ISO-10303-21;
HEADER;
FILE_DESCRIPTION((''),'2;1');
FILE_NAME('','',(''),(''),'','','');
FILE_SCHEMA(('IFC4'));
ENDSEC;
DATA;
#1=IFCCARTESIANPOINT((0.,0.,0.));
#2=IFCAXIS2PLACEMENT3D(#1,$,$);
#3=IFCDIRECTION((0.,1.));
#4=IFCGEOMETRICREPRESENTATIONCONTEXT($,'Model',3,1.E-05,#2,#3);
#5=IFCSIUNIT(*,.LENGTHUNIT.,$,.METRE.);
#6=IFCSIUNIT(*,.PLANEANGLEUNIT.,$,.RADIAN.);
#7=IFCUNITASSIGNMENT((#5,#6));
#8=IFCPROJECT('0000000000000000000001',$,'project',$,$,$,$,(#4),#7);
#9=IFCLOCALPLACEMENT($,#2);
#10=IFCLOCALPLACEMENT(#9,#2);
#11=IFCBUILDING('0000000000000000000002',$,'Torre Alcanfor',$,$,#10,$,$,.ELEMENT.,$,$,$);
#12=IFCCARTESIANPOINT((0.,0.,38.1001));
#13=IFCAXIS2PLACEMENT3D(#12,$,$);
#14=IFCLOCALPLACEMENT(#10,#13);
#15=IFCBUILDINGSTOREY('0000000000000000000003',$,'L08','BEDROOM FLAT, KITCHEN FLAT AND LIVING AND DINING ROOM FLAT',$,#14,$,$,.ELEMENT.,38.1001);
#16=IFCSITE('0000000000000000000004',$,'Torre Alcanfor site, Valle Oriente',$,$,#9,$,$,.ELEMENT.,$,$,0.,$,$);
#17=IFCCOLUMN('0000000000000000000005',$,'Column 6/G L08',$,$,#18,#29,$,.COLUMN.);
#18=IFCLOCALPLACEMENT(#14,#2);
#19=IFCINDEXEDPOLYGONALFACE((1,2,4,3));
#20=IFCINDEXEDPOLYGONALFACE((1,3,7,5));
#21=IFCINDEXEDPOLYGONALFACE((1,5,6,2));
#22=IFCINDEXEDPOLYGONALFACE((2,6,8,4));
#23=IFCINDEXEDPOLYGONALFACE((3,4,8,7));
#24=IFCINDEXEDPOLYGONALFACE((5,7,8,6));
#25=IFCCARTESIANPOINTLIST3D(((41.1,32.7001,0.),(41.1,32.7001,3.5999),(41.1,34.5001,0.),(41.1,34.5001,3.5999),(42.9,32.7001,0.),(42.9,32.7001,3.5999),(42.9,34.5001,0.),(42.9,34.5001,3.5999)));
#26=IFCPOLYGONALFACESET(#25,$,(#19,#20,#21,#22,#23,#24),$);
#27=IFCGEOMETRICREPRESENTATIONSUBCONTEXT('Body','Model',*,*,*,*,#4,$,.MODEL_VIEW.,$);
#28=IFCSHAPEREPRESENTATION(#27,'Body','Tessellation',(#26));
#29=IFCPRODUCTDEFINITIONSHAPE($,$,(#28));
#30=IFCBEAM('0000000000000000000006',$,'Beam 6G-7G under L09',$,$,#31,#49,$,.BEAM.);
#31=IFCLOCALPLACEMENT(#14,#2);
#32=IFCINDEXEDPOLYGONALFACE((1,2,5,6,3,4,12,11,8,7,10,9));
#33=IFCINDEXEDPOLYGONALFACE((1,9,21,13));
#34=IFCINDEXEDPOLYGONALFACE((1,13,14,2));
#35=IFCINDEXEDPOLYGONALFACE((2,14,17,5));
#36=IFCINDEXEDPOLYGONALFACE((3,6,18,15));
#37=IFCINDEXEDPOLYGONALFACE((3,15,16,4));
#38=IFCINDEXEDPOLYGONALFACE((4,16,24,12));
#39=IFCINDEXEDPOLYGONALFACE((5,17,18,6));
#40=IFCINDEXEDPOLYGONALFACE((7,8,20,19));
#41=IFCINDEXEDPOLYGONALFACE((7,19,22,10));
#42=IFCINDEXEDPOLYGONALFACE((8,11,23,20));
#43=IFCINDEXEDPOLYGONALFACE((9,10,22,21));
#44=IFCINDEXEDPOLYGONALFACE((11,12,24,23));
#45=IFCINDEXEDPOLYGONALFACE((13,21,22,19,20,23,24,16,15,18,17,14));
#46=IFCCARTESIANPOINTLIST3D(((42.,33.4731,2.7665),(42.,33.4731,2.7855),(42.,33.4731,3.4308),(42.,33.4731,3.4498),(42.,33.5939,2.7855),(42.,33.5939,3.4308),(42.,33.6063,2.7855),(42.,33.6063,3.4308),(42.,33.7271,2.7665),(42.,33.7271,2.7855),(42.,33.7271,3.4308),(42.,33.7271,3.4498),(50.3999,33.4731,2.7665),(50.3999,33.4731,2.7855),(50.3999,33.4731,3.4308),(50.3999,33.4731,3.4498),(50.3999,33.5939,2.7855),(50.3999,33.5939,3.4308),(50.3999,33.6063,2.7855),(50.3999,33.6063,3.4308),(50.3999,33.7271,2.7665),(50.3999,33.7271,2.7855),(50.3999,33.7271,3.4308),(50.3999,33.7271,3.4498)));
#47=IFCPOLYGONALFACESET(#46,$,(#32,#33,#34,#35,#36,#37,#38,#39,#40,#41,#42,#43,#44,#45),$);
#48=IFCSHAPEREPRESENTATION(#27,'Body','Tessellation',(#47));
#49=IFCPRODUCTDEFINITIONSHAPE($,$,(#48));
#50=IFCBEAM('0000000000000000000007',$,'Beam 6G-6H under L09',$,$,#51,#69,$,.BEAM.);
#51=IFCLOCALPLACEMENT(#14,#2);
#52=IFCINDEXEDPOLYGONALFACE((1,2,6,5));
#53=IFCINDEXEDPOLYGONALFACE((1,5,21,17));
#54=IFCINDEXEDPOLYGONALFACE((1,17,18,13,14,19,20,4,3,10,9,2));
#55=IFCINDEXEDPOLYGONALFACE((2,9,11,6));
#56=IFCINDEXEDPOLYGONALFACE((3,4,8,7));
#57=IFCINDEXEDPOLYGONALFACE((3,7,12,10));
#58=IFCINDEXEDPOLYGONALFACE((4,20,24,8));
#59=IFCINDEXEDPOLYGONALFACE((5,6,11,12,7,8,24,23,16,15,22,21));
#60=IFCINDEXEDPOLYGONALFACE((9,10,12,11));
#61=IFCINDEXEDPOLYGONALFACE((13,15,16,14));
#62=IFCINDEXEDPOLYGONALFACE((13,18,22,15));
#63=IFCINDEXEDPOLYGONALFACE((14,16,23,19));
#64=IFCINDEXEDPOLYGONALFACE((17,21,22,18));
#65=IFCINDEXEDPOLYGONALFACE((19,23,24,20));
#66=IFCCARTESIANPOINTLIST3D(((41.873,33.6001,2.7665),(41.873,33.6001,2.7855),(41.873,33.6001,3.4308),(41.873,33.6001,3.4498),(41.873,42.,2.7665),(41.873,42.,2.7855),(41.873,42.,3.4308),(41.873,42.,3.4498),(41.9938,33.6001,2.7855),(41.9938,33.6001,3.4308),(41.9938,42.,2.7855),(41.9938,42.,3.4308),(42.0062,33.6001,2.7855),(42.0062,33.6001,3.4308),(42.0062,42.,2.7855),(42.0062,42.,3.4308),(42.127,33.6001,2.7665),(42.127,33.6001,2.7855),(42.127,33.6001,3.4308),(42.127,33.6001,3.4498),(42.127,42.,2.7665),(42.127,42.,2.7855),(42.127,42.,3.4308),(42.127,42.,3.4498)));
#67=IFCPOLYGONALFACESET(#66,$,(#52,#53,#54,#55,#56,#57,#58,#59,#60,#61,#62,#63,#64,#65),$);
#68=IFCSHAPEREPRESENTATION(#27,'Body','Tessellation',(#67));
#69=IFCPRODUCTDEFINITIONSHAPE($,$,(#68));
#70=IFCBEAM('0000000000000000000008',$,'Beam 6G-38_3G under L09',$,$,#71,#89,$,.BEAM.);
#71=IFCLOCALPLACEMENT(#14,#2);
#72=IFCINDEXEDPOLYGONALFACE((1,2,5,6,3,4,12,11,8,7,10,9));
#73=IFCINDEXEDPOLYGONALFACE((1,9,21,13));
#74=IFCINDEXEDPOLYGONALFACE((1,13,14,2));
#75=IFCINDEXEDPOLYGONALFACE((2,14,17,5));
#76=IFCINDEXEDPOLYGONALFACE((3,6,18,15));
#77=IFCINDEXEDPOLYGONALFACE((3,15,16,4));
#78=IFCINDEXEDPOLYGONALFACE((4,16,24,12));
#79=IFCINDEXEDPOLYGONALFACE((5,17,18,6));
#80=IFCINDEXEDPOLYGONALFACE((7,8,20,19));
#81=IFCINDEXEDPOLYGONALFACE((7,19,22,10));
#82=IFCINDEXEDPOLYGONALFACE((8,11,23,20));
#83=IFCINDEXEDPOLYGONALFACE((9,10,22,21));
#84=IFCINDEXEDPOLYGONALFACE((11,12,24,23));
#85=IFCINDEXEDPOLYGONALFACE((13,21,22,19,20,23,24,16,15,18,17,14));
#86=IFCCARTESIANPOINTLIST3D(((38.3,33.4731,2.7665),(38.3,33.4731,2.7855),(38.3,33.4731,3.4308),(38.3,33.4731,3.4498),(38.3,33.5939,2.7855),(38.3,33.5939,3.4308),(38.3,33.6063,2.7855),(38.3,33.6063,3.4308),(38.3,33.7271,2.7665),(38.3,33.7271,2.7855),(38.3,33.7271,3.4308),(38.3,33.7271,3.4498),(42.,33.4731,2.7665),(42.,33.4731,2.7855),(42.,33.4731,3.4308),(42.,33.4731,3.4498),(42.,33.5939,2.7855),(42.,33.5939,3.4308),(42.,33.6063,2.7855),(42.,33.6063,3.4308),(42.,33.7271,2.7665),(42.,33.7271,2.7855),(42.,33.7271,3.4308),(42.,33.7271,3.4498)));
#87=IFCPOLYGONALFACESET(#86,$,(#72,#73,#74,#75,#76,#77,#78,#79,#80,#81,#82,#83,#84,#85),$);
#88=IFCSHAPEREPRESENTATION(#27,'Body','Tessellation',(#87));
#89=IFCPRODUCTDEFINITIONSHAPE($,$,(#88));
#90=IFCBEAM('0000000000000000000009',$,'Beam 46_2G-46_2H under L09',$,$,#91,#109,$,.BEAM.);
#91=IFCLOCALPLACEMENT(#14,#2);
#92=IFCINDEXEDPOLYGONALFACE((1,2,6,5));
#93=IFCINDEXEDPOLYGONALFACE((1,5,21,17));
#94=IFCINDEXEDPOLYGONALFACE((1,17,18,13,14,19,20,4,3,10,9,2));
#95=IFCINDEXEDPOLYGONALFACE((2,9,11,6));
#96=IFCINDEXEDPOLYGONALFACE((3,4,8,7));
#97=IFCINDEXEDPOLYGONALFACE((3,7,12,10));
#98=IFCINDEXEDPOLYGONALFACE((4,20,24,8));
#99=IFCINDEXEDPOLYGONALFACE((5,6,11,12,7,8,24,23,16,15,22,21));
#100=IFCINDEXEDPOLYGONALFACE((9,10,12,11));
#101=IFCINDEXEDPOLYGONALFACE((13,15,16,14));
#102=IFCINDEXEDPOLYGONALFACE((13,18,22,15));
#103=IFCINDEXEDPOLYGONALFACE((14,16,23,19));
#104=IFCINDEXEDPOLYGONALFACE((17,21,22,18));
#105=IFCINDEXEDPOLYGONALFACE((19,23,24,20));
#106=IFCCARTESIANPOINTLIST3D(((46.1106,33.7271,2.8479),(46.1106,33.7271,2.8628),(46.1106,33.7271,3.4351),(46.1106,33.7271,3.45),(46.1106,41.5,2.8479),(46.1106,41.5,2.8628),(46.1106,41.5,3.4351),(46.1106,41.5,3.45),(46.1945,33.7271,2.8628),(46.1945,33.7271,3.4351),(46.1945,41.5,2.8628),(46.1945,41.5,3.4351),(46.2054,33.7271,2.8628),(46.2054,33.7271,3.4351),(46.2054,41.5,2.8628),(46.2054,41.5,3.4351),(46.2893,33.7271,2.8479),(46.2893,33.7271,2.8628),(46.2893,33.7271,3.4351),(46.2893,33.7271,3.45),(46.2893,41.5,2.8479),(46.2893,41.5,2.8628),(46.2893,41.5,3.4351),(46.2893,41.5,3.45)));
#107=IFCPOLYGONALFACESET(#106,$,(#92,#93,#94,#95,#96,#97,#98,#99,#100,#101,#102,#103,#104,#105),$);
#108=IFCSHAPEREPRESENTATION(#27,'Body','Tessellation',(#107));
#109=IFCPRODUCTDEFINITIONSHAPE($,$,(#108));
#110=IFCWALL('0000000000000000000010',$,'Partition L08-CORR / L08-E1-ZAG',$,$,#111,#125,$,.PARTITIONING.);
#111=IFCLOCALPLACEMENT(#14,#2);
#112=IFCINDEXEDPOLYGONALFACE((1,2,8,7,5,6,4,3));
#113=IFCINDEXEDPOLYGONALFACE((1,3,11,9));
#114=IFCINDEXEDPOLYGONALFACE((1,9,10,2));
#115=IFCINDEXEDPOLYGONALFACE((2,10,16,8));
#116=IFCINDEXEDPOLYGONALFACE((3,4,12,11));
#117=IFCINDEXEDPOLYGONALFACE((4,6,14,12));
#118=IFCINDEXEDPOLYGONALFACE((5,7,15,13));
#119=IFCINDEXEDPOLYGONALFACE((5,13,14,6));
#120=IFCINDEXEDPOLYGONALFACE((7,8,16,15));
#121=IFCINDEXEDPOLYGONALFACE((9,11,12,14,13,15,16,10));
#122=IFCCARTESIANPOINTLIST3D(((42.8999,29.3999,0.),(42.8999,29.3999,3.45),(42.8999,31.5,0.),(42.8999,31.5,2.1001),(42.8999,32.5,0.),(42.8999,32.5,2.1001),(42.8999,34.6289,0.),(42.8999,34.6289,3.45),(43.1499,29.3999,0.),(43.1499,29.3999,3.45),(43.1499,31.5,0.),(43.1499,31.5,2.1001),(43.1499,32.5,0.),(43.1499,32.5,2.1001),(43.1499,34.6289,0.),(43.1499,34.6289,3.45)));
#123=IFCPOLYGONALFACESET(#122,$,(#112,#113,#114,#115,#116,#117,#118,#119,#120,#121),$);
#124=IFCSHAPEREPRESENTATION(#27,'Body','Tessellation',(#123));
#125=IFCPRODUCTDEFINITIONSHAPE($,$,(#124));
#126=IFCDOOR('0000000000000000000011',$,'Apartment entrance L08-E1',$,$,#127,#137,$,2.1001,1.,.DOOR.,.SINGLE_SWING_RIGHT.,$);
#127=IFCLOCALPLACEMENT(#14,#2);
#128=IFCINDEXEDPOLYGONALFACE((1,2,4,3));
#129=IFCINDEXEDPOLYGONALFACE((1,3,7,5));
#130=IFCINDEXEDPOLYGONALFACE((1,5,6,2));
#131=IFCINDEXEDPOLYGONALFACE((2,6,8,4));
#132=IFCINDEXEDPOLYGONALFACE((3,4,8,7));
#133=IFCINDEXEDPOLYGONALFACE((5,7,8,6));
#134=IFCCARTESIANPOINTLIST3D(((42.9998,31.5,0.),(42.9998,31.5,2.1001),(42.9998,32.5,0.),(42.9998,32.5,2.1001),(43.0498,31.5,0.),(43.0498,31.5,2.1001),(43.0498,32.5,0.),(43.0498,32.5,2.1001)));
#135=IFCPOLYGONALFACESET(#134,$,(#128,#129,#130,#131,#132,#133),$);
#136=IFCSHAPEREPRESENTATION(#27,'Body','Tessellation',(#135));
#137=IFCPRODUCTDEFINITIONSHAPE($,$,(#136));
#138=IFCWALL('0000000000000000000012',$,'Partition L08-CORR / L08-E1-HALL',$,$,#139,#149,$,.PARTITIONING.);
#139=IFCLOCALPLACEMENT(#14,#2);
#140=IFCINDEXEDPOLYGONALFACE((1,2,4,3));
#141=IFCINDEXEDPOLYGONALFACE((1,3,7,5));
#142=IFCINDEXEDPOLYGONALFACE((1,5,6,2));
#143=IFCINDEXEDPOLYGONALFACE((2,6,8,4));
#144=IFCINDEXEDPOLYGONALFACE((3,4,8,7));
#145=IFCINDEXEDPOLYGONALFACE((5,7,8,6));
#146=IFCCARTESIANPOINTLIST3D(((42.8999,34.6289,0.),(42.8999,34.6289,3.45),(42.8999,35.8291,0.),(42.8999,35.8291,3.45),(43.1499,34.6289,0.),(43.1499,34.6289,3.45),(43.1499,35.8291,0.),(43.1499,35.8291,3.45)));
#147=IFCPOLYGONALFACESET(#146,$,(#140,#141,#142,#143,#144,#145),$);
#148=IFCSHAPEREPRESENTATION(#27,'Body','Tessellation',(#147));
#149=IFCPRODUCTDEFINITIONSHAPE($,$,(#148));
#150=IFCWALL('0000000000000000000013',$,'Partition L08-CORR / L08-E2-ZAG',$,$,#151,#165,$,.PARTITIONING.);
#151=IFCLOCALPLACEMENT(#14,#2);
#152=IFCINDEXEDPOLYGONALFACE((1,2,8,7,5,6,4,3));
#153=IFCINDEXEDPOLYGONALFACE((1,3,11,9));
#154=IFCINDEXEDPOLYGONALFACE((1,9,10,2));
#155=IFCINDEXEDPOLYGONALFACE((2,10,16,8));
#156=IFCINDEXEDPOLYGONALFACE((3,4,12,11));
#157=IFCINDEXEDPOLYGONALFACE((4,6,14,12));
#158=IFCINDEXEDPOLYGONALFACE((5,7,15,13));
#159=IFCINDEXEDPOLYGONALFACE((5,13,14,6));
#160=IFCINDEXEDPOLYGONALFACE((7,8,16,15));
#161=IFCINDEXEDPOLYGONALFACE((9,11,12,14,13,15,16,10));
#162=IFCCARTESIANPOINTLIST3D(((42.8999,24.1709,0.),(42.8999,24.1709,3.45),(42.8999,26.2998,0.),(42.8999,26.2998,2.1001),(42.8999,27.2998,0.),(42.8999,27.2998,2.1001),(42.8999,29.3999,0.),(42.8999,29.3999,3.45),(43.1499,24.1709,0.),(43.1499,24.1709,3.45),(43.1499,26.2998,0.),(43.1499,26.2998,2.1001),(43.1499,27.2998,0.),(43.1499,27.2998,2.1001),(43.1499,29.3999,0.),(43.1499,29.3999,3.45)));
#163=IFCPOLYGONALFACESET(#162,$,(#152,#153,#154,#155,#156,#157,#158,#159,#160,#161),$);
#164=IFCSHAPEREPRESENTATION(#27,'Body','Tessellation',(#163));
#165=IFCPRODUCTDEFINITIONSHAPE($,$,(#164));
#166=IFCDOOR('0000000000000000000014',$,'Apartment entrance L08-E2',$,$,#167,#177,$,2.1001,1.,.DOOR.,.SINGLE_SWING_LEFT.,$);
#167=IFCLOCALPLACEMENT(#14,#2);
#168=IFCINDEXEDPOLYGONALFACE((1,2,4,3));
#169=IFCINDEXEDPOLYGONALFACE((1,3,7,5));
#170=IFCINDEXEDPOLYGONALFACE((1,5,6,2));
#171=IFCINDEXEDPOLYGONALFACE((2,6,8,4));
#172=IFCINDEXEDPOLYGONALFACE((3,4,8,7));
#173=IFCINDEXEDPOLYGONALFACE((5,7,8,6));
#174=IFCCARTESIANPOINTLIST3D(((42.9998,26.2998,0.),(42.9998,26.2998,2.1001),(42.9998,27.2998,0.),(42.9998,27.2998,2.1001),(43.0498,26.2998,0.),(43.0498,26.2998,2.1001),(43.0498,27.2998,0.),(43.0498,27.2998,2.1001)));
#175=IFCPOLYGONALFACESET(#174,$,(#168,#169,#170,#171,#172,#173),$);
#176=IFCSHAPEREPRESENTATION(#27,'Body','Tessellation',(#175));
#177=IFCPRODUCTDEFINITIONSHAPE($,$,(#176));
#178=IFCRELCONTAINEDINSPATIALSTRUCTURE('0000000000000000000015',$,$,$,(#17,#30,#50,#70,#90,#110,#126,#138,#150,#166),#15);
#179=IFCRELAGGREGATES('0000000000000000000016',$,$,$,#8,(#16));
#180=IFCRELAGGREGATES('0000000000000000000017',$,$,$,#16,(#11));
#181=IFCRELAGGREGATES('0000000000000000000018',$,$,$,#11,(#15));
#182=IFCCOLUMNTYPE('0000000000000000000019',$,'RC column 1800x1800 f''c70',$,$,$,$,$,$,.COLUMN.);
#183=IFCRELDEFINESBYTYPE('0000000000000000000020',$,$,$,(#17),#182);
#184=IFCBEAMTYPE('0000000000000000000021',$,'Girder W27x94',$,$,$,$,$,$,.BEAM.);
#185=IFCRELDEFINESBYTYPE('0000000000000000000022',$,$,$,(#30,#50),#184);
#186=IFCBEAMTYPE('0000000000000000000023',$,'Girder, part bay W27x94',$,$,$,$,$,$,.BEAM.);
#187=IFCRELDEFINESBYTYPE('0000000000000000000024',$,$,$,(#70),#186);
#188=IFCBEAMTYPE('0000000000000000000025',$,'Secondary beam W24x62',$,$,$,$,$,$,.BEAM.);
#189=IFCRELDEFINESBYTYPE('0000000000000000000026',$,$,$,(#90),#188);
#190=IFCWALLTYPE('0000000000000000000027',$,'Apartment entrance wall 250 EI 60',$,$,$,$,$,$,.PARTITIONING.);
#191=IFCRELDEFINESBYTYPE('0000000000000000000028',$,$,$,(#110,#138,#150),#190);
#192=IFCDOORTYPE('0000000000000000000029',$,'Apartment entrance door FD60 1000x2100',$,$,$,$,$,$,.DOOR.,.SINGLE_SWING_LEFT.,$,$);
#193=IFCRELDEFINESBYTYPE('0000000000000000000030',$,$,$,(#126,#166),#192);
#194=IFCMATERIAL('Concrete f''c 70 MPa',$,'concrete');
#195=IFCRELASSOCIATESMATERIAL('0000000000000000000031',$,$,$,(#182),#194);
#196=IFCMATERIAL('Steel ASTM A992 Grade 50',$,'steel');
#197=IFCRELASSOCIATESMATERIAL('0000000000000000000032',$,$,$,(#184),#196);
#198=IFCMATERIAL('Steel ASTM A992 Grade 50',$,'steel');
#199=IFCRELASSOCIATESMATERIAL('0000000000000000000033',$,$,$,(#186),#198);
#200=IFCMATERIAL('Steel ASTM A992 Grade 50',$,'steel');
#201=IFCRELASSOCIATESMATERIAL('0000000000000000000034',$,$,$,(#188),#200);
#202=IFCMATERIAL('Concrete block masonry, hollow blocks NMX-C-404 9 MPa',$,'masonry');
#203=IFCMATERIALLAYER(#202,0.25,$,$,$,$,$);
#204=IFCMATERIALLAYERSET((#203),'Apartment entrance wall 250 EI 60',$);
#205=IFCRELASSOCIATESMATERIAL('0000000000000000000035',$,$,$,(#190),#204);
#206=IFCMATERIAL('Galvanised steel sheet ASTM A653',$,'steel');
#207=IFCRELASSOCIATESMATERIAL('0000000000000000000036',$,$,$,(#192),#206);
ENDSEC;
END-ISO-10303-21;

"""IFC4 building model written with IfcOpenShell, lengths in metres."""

from ifc_helpers import new_model, si_unit, direction, frame, frame_2d, origin, origin_2d, place, context, subcontext, project, spatial, rectangle, i_section, extrude, material, layer, layer_set, material_profile, profile_set, type_object, element, fill, save


model = new_model("IFC4")

# Units and contexts
model_context = context("Model", 3, precision=1e-05, world=origin(), true_north=direction((0.0, 1.0)))
body_context = subcontext(model_context, "Body", "Model", "MODEL_VIEW")
ifc_project = project(units=[si_unit("LENGTHUNIT", "METRE"), si_unit("PLANEANGLEUNIT", "RADIAN")], contexts=[model_context])

# Site, building, storey
site_placement = place(None, origin())
site = spatial("IfcSite", under=ifc_project, at=site_placement, Name="Torre Alcanfor site, Valle Oriente", CompositionType="ELEMENT", RefElevation=0.0)
building_placement = place(site_placement, origin())
building = spatial("IfcBuilding", under=site, at=building_placement, Name="Torre Alcanfor", CompositionType="ELEMENT")
storey_placement = place(building_placement, frame((0.0, 0.0, 38.1001)))
storey = spatial("IfcBuildingStorey", under=building, at=storey_placement, Name="L08", Description="BEDROOM FLAT, KITCHEN FLAT AND LIVING AND DINING ROOM FLAT", CompositionType="ELEMENT", Elevation=38.1001)

# Column
ifc_material_1 = material(Name="Concrete f'c 70 MPa", Category="concrete")
ifc_material_profile_1 = material_profile(ifc_material_1, rectangle(XDim=1.8, YDim=1.8, at=origin_2d()), Name="1800x1800")
ifc_profile_set_1 = profile_set([ifc_material_profile_1], Name="Concrete f'c 70 MPa")
column_type = type_object("IfcColumnType", Name="RC column 1800x1800 f'c70", PredefinedType="COLUMN", material=ifc_profile_set_1)
column_placement = place(storey_placement, frame((42.0, 33.6001, 0.0), z_axis=(0.0, 0.0, 1.0), x_axis=(1.0, 0.0, 0.0)))
element("IfcColumn", 1, at=column_placement, inside=storey, type_object=column_type, Name="Column 6/G L08", PredefinedType="COLUMN", context=body_context, shape_type="SweptSolid", body=[
    extrude(rectangle(XDim=1.8, YDim=1.8, at=origin_2d()), origin(), (0.0, 0.0, 1.0), 3.5999),
])

# Beams
ifc_material_2 = material(Name="Steel ASTM A992 Grade 50", Category="steel")
ifc_material_profile_2 = material_profile(ifc_material_2, i_section(OverallWidth=0.2539, OverallDepth=0.6833, WebThickness=0.0125, FlangeThickness=0.019, at=origin_2d()), Name="W27x94")
ifc_profile_set_2 = profile_set([ifc_material_profile_2], Name="Steel ASTM A992 Grade 50")
beam_type_1 = type_object("IfcBeamType", Name="Girder W27x94", PredefinedType="BEAM", material=ifc_profile_set_2)
for number, where, z_axis, x_axis, name in (
    (2, (42.0, 33.6001, 3.1082), (1.0, 0.0, 0.0), (0.0, 1.0, 0.0), "Beam 6G-7G under L09"),
    (3, (42.0, 33.6001, 3.1082), (0.0, 1.0, 0.0), (-1.0, 0.0, 0.0), "Beam 6G-6H under L09"),
):
    element("IfcBeam", number, at=place(storey_placement, frame(where, z_axis=z_axis, x_axis=x_axis)), inside=storey, type_object=beam_type_1, Name=name, PredefinedType="BEAM", context=body_context, shape_type="SweptSolid", body=[
        extrude(i_section(OverallWidth=0.2539, OverallDepth=0.6833, WebThickness=0.0125, FlangeThickness=0.019, at=origin_2d()), origin(), (0.0, 0.0, 1.0), 8.3999),
    ])
ifc_material_3 = material(Name="Steel ASTM A992 Grade 50", Category="steel")
ifc_material_profile_3 = material_profile(ifc_material_3, i_section(OverallWidth=0.2539, OverallDepth=0.6833, WebThickness=0.0125, FlangeThickness=0.019, at=origin_2d()), Name="W27x94")
ifc_profile_set_3 = profile_set([ifc_material_profile_3], Name="Steel ASTM A992 Grade 50")
beam_type_2 = type_object("IfcBeamType", Name="Girder, part bay W27x94", PredefinedType="BEAM", material=ifc_profile_set_3)
beam_1_placement = place(storey_placement, frame((42.0, 33.6001, 3.1082), z_axis=(-1.0, 0.0, 0.0), x_axis=(0.0, -1.0, 0.0)))
element("IfcBeam", 4, at=beam_1_placement, inside=storey, type_object=beam_type_2, Name="Beam 6G-38_3G under L09", PredefinedType="BEAM", context=body_context, shape_type="SweptSolid", body=[
    extrude(i_section(OverallWidth=0.2539, OverallDepth=0.6833, WebThickness=0.0125, FlangeThickness=0.019, at=origin_2d()), origin(), (0.0, 0.0, 1.0), 3.7),
])
ifc_material_4 = material(Name="Steel ASTM A992 Grade 50", Category="steel")
ifc_material_profile_4 = material_profile(ifc_material_4, i_section(OverallWidth=0.1787, OverallDepth=0.6021, WebThickness=0.011, FlangeThickness=0.0149, at=origin_2d()), Name="W24x62")
ifc_profile_set_4 = profile_set([ifc_material_profile_4], Name="Steel ASTM A992 Grade 50")
beam_type_3 = type_object("IfcBeamType", Name="Secondary beam W24x62", PredefinedType="BEAM", material=ifc_profile_set_4)
beam_2_placement = place(storey_placement, frame((46.2, 33.7271, 3.1489), z_axis=(0.0, 1.0, 0.0), x_axis=(-1.0, 0.0, 0.0)))
element("IfcBeam", 5, at=beam_2_placement, inside=storey, type_object=beam_type_3, Name="Beam 46_2G-46_2H under L09", PredefinedType="BEAM", context=body_context, shape_type="SweptSolid", body=[
    extrude(i_section(OverallWidth=0.1787, OverallDepth=0.6021, WebThickness=0.011, FlangeThickness=0.0149, at=origin_2d()), origin(), (0.0, 0.0, 1.0), 7.7729),
])

# Wall, opening, door
ifc_material_5 = material(Name="Concrete block masonry, hollow blocks NMX-C-404 9 MPa", Category="masonry")
ifc_layer_1 = layer(ifc_material_5, 0.25)
ifc_layer_set_1 = layer_set([ifc_layer_1], Name="Apartment entrance wall 250 EI 60")
wall_type_1 = type_object("IfcWallType", Name="Apartment entrance wall 250 EI 60", PredefinedType="PARTITIONING", material=ifc_layer_set_1)
wall_1_placement = place(storey_placement, frame((43.0249, 34.6289, 0.0), z_axis=(0.0, 0.0, 1.0), x_axis=(0.0, -1.0, 0.0)))
wall_1 = element("IfcWall", 6, at=wall_1_placement, inside=storey, type_object=wall_type_1, Name="Partition L08-CORR / L08-E1-ZAG", PredefinedType="PARTITIONING", context=body_context, shape_type="SweptSolid", body=[
    extrude(rectangle(XDim=5.229, YDim=0.25, at=frame_2d((2.6145, 0.0))), origin(), (0.0, 0.0, 1.0), 3.45),
])
opening_1_placement = place(wall_1_placement, frame((2.1289, 0.0, 0.0)))
opening_1 = element("IfcOpeningElement", 7, at=opening_1_placement, cuts=wall_1, PredefinedType="OPENING", context=body_context, shape_type="SweptSolid", body=[
    extrude(rectangle(XDim=1.0, YDim=2.1001, at=frame_2d((0.5, 1.05))), frame((0.0, 0.135, 0.0), z_axis=(0.0, -1.0, 0.0), x_axis=(1.0, 0.0, 0.0)), (0.0, 0.0, 1.0), 0.27),
])
ifc_material_6 = material(Name="Galvanised steel sheet ASTM A653", Category="steel")
door_type_1 = type_object("IfcDoorType", Name="Apartment entrance door FD60 1000x2100", OperationType="SINGLE_SWING_LEFT", PredefinedType="DOOR", material=ifc_material_6)
door_1_placement = place(opening_1_placement, origin())
door_1 = element("IfcDoor", 8, at=door_1_placement, inside=storey, type_object=door_type_1, Name="Apartment entrance L08-E1", OperationType="SINGLE_SWING_RIGHT", OverallHeight=2.1001, OverallWidth=1.0, PredefinedType="DOOR", context=body_context, shape_type="SweptSolid", body=[
    extrude(rectangle(XDim=1.0, YDim=2.1001, at=frame_2d((0.5, 1.05))), frame((0.0, 0.0249, 0.0), z_axis=(0.0, -1.0, 0.0), x_axis=(1.0, 0.0, 0.0)), (0.0, 0.0, 1.0), 0.05),
])
fill(opening_1, door_1)

# Wall
wall_2_placement = place(storey_placement, frame((43.0249, 35.8291, 0.0), z_axis=(0.0, 0.0, 1.0), x_axis=(0.0, -1.0, 0.0)))
element("IfcWall", 9, at=wall_2_placement, inside=storey, type_object=wall_type_1, Name="Partition L08-CORR / L08-E1-HALL", PredefinedType="PARTITIONING", context=body_context, shape_type="SweptSolid", body=[
    extrude(rectangle(XDim=1.2002, YDim=0.25, at=frame_2d((0.6001, 0.0))), origin(), (0.0, 0.0, 1.0), 3.45),
])

# Wall, opening, door
wall_3_placement = place(storey_placement, frame((43.0249, 29.3999, 0.0), z_axis=(0.0, 0.0, 1.0), x_axis=(0.0, -1.0, 0.0)))
wall_3 = element("IfcWall", 10, at=wall_3_placement, inside=storey, type_object=wall_type_1, Name="Partition L08-CORR / L08-E2-ZAG", PredefinedType="PARTITIONING", context=body_context, shape_type="SweptSolid", body=[
    extrude(rectangle(XDim=5.229, YDim=0.25, at=frame_2d((2.6145, 0.0))), origin(), (0.0, 0.0, 1.0), 3.45),
])
opening_2_placement = place(wall_3_placement, frame((2.1001, 0.0, 0.0)))
opening_2 = element("IfcOpeningElement", 11, at=opening_2_placement, cuts=wall_3, PredefinedType="OPENING", context=body_context, shape_type="SweptSolid", body=[
    extrude(rectangle(XDim=1.0, YDim=2.1001, at=frame_2d((0.5, 1.05))), frame((0.0, 0.135, 0.0), z_axis=(0.0, -1.0, 0.0), x_axis=(1.0, 0.0, 0.0)), (0.0, 0.0, 1.0), 0.27),
])
door_2_placement = place(opening_2_placement, origin())
door_2 = element("IfcDoor", 12, at=door_2_placement, inside=storey, type_object=door_type_1, Name="Apartment entrance L08-E2", OperationType="SINGLE_SWING_LEFT", OverallHeight=2.1001, OverallWidth=1.0, PredefinedType="DOOR", context=body_context, shape_type="SweptSolid", body=[
    extrude(rectangle(XDim=1.0, YDim=2.1001, at=frame_2d((0.5, 1.05))), frame((0.0, 0.0249, 0.0), z_axis=(0.0, -1.0, 0.0), x_axis=(1.0, 0.0, 0.0)), (0.0, 0.0, 1.0), 0.05),
])
fill(opening_2, door_2)

save(model, "model.ifc")
